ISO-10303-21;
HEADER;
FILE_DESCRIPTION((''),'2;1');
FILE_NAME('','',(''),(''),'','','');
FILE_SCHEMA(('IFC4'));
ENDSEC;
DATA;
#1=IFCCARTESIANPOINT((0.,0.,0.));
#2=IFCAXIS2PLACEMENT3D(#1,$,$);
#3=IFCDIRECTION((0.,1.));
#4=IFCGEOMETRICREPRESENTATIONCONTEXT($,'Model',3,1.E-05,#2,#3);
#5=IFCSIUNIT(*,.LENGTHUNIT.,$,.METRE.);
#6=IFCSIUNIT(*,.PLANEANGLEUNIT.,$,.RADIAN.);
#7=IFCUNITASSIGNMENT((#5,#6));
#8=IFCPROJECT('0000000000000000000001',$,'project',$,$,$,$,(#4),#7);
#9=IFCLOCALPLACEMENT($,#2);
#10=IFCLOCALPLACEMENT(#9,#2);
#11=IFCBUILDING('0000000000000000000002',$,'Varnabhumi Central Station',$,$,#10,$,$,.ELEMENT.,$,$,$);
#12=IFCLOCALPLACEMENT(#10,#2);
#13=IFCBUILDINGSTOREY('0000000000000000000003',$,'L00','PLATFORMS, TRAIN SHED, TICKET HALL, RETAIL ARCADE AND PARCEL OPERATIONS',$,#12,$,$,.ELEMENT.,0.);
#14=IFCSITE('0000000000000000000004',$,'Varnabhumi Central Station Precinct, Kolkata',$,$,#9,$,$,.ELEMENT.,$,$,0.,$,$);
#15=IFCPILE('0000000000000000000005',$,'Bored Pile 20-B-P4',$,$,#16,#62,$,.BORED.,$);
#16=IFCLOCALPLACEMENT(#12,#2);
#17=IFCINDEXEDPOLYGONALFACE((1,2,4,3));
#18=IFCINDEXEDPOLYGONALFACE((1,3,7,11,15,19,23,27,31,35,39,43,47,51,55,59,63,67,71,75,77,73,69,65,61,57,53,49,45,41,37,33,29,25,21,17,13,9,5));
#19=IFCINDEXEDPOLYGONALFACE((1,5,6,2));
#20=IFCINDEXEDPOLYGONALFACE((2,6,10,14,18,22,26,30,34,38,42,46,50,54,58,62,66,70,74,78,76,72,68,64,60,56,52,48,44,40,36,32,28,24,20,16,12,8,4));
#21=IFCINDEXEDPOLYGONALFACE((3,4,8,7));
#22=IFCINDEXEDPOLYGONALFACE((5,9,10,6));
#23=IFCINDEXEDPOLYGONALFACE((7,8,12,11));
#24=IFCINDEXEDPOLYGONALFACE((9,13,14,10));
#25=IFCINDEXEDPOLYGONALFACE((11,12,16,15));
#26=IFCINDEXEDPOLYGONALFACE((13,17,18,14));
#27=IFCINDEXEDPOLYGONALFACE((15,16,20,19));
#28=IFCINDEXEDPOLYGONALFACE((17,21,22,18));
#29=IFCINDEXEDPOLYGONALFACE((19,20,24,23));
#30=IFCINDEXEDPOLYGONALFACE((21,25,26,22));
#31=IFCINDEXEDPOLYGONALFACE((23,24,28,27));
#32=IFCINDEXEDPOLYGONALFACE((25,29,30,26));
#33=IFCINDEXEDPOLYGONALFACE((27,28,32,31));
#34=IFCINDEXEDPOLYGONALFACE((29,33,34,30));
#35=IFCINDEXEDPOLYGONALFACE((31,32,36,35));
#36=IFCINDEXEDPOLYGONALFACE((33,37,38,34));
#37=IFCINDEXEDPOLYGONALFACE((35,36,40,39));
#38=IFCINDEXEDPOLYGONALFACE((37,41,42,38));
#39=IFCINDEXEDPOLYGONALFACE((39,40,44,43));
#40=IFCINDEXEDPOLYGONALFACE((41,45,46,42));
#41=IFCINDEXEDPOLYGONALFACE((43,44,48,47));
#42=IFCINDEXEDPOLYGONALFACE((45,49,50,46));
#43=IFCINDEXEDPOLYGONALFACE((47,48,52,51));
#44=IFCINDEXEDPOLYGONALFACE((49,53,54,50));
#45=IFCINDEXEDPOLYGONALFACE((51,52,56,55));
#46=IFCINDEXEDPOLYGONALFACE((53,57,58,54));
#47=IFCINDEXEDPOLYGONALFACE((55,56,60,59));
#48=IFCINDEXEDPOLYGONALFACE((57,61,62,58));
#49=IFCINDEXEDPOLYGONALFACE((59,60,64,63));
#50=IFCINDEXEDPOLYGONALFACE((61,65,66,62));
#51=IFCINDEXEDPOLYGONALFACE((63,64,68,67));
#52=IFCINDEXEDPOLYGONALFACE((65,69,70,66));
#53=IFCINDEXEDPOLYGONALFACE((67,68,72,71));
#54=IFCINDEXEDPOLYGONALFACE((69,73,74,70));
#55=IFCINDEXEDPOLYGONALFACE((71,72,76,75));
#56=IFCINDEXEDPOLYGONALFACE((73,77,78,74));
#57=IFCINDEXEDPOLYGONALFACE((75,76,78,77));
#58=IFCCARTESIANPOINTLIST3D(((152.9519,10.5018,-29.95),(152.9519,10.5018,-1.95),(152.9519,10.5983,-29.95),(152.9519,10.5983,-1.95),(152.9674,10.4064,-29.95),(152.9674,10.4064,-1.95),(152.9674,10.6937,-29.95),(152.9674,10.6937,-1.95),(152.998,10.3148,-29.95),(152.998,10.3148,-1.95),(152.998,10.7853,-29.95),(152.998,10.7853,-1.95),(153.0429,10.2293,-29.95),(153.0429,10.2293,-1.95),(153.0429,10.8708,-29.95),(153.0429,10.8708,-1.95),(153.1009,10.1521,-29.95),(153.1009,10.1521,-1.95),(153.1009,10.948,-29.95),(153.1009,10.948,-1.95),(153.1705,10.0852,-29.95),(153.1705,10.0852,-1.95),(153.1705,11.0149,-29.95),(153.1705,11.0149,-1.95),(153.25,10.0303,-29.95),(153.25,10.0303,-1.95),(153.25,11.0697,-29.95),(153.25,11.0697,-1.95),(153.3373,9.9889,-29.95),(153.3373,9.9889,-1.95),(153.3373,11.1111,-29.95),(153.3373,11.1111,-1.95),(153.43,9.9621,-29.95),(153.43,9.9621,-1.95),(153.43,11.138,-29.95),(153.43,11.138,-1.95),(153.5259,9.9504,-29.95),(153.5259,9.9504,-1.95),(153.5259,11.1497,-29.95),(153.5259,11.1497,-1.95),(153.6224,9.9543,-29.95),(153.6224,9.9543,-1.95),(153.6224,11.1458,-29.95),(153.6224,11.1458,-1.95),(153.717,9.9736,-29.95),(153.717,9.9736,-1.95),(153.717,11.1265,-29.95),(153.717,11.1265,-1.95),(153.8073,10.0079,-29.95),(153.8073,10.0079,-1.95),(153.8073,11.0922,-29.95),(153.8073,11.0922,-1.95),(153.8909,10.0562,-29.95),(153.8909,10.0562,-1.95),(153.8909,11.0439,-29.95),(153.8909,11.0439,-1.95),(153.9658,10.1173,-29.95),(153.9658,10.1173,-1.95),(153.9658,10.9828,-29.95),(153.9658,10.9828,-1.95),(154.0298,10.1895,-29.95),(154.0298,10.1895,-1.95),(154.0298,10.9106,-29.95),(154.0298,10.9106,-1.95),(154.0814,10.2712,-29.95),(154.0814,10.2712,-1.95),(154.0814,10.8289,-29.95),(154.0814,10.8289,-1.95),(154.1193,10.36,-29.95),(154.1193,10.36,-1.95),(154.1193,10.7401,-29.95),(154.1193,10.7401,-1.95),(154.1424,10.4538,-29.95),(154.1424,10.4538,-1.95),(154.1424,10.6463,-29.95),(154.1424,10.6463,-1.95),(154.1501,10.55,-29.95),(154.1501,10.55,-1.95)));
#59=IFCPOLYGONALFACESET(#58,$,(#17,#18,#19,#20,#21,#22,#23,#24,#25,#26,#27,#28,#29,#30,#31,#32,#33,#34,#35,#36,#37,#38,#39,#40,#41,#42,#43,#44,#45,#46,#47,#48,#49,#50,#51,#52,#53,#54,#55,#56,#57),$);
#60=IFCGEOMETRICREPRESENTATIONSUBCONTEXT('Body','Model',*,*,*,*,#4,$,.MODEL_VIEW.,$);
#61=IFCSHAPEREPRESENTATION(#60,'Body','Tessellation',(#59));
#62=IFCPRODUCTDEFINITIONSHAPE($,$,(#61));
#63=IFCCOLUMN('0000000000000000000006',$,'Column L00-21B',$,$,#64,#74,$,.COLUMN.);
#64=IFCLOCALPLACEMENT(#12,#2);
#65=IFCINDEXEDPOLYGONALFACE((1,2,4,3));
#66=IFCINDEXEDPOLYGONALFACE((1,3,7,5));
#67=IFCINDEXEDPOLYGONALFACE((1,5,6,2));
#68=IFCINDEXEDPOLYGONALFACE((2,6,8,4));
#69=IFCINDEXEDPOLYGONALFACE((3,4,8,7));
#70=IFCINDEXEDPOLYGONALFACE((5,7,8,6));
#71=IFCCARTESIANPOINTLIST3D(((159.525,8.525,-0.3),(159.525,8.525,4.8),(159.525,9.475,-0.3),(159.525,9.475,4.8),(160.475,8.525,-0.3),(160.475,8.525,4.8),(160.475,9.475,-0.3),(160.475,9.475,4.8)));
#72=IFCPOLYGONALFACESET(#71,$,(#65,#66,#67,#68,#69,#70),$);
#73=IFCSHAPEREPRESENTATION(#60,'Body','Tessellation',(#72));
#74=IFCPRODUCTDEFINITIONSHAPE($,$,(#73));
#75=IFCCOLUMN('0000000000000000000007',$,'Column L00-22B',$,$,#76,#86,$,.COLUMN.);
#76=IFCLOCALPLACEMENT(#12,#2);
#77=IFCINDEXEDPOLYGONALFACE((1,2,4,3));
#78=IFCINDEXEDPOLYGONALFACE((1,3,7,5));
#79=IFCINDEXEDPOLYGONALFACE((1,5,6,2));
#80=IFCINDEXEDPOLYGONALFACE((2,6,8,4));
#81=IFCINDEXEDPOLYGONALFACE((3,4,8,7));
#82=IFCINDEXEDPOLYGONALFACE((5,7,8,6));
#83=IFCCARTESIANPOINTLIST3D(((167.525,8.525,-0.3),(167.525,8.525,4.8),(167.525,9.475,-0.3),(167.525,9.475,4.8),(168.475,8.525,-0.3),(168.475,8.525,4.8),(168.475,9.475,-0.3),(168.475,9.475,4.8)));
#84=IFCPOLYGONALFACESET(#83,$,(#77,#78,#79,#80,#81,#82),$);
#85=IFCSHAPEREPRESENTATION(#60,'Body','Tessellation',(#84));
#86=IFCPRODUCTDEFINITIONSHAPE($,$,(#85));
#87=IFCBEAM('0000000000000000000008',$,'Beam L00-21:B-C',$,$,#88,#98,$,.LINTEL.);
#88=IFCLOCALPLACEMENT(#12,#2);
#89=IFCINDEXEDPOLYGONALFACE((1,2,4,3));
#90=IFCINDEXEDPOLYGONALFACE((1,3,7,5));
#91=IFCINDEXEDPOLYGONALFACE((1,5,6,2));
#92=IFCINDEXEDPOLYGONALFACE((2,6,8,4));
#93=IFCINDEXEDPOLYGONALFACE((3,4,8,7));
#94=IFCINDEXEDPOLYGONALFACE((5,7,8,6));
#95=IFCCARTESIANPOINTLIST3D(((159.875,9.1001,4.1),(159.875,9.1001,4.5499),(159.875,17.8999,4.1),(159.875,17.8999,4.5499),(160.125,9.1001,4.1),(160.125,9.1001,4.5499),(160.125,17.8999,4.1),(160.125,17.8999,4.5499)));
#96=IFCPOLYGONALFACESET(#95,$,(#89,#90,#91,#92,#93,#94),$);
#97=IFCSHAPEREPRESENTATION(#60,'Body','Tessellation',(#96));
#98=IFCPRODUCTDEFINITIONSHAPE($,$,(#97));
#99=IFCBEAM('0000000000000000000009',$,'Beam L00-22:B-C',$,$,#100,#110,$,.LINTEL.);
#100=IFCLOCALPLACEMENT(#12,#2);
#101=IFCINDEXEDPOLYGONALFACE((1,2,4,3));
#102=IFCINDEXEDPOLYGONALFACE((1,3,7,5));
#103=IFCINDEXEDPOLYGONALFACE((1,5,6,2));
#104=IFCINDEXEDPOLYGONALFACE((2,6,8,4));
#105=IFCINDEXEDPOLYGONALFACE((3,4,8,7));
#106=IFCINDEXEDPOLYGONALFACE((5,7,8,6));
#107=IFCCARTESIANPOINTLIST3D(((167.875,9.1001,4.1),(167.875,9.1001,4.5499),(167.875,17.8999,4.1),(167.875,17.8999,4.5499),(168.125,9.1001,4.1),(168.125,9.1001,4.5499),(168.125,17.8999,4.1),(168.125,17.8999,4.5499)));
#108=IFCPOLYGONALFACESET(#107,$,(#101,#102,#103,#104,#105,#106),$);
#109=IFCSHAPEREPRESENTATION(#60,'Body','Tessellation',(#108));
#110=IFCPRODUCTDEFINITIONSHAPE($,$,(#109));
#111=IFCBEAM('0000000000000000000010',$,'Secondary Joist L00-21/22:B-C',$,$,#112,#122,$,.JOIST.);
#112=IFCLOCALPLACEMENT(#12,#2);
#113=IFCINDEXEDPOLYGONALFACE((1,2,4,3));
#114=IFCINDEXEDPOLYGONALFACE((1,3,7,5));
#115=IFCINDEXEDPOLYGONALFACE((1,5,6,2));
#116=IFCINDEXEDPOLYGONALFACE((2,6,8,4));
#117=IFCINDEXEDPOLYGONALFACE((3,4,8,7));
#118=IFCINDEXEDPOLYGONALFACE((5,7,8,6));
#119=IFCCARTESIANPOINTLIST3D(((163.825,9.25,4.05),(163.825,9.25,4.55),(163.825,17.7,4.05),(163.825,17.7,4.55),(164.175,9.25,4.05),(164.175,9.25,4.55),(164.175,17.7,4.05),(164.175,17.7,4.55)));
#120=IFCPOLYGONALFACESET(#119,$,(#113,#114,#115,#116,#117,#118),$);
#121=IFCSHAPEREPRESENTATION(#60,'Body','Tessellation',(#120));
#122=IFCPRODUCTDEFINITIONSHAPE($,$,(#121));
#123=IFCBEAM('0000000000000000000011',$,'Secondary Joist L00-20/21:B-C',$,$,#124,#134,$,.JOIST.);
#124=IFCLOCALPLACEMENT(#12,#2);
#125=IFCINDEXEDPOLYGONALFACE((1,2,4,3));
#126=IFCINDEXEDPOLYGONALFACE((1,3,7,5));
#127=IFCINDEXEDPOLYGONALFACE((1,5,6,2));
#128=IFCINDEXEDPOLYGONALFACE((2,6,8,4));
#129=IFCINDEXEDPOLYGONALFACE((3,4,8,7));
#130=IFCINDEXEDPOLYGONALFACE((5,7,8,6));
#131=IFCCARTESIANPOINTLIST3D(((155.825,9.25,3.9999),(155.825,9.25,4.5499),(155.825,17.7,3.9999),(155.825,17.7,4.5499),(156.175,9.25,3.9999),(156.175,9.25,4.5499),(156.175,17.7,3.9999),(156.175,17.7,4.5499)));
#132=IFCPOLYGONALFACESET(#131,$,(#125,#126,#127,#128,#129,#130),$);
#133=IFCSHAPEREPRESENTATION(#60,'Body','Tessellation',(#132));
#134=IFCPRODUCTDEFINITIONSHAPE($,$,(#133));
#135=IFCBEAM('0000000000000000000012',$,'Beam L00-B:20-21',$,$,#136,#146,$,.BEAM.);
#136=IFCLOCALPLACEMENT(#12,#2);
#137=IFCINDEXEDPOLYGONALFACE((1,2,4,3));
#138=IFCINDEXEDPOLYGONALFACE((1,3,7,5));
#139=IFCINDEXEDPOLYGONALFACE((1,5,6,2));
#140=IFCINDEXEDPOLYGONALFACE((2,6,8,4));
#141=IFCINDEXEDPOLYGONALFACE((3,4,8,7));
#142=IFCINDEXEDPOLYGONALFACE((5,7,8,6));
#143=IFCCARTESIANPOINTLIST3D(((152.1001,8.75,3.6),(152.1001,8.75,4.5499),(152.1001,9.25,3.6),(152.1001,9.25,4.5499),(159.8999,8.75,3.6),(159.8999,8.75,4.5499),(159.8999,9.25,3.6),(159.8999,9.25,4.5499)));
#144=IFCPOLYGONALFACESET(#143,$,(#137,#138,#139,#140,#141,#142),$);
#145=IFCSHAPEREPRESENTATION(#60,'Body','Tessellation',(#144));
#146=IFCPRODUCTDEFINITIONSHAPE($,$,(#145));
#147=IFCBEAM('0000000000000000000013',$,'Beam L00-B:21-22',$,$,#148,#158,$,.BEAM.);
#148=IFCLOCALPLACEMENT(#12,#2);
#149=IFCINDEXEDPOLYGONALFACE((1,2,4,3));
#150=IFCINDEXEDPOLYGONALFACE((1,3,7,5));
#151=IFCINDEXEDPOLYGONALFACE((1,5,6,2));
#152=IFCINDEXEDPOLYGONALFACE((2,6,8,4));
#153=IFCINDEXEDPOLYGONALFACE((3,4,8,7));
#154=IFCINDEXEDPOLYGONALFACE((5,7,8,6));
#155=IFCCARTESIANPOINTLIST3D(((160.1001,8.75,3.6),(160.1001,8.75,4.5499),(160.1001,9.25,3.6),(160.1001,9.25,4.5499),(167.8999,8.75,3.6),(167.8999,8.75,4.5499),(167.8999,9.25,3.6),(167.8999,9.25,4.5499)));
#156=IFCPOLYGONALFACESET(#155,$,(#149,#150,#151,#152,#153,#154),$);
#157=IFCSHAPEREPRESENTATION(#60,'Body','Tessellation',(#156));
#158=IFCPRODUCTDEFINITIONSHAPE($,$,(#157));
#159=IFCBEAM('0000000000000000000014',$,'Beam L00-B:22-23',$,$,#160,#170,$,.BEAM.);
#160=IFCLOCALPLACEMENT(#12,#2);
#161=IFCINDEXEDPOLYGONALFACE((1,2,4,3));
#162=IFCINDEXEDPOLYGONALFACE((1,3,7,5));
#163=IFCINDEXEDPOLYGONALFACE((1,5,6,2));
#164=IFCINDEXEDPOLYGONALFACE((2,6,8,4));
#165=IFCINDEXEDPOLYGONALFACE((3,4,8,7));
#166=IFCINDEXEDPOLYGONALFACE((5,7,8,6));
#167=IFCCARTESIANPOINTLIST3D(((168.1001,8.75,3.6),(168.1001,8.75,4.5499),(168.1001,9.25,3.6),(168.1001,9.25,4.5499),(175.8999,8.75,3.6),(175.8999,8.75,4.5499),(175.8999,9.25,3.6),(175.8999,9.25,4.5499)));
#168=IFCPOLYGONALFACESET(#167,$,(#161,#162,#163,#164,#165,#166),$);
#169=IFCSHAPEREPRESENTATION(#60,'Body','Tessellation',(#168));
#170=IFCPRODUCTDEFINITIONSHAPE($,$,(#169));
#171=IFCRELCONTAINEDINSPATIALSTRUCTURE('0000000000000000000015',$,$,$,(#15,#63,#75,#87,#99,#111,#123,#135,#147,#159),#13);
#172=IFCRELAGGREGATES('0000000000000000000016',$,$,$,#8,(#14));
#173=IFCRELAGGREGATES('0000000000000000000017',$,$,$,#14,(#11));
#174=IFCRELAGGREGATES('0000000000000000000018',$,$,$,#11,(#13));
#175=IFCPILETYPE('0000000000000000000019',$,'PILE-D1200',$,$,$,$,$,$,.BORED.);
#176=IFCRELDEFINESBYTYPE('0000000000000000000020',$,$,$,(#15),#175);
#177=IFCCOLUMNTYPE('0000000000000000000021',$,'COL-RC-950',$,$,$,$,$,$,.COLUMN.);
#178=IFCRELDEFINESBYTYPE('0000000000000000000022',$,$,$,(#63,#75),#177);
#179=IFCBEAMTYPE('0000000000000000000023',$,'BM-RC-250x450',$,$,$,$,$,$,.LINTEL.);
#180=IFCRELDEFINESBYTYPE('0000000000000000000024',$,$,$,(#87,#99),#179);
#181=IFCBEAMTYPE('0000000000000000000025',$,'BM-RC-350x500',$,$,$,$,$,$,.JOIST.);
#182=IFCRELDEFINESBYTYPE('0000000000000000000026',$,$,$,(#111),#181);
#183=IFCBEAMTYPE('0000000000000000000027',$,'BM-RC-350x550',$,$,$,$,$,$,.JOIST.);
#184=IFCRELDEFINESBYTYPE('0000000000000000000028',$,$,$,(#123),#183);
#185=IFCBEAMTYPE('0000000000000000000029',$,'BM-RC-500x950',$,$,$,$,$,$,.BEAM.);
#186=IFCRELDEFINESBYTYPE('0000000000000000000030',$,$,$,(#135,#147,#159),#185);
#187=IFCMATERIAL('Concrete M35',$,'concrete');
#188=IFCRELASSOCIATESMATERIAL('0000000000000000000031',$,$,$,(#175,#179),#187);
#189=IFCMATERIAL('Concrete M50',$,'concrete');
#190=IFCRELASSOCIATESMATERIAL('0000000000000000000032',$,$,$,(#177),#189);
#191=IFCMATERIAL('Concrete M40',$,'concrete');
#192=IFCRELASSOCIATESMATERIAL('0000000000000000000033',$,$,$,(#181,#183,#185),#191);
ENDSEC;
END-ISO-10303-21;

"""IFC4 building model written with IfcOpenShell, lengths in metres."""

from ifc_helpers import new_model, si_unit, direction, frame, origin, origin_2d, place, context, subcontext, project, spatial, rectangle, circle, extrude, material, material_profile, profile_set, type_object, element, save


model = new_model("IFC4")

# Units and contexts
model_context = context("Model", 3, precision=1e-05, world=origin(), true_north=direction((0.0, 1.0)))
body_context = subcontext(model_context, "Body", "Model", "MODEL_VIEW")
ifc_project = project(units=[si_unit("LENGTHUNIT", "METRE"), si_unit("PLANEANGLEUNIT", "RADIAN")], contexts=[model_context])

# Site, building, storey
site_placement = place(None, origin())
site = spatial("IfcSite", under=ifc_project, at=site_placement, Name="Varnabhumi Central Station Precinct, Kolkata", CompositionType="ELEMENT", RefElevation=0.0)
building_placement = place(site_placement, origin())
building = spatial("IfcBuilding", under=site, at=building_placement, Name="Varnabhumi Central Station", CompositionType="ELEMENT")
storey_placement = place(building_placement, origin())
storey = spatial("IfcBuildingStorey", under=building, at=storey_placement, Name="L00", Description="PLATFORMS, TRAIN SHED, TICKET HALL, RETAIL ARCADE AND PARCEL OPERATIONS", CompositionType="ELEMENT", Elevation=0.0)

# Shared definitions
ifc_material_1 = material(Name="Concrete M40", Category="concrete")

# Pile
ifc_material_2 = material(Name="Concrete M35", Category="concrete")
ifc_material_profile_1 = material_profile(ifc_material_2, circle(Radius=0.6001, at=origin_2d()), Name="Concrete M35", Category="concrete")
ifc_profile_set_1 = profile_set([ifc_material_profile_1], Name="Concrete M35")
pile_type_1 = type_object("IfcPileType", Name="PILE-D1200", PredefinedType="BORED", material=ifc_profile_set_1)
for number, where, z_axis, x_axis, name in (
    (1, (153.55, 10.55, -1.95), (0.0, 0.0, -1.0), (1.0, 0.0, 0.0), "Bored Pile 20-B-P4"),
):
    element("IfcPile", number, at=place(storey_placement, frame(where, z_axis=z_axis, x_axis=x_axis)), inside=storey, type_object=pile_type_1, Name=name, PredefinedType="BORED", context=body_context, shape_type="SweptSolid", body=[
        extrude(circle(Radius=0.6001, at=origin_2d()), origin(), (0.0, 0.0, 1.0), 28.0),
    ])

# Columns
ifc_material_3 = material(Name="Concrete M50", Category="concrete")
ifc_material_profile_2 = material_profile(ifc_material_3, rectangle(XDim=0.95, YDim=0.95, at=origin_2d()), Name="Concrete M50", Category="concrete")
ifc_profile_set_2 = profile_set([ifc_material_profile_2], Name="Concrete M50")
column_type = type_object("IfcColumnType", Name="COL-RC-950", PredefinedType="COLUMN", material=ifc_profile_set_2)
for number, where, z_axis, x_axis, name in (
    (2, (160.0, 9.0, -0.3), (0.0, 0.0, 1.0), (1.0, 0.0, 0.0), "Column L00-21B"),
    (3, (168.0, 9.0, -0.3), (0.0, 0.0, 1.0), (1.0, 0.0, 0.0), "Column L00-22B"),
):
    element("IfcColumn", number, at=place(storey_placement, frame(where, z_axis=z_axis, x_axis=x_axis)), inside=storey, type_object=column_type, Name=name, PredefinedType="COLUMN", context=body_context, shape_type="SweptSolid", body=[
        extrude(rectangle(XDim=0.95, YDim=0.95, at=origin_2d()), origin(), (0.0, 0.0, 1.0), 5.1001),
    ])

# Beams
ifc_material_profile_3 = material_profile(ifc_material_2, rectangle(XDim=0.25, YDim=0.45, at=origin_2d()), Name="Concrete M35", Category="concrete")
ifc_profile_set_3 = profile_set([ifc_material_profile_3], Name="Concrete M35")
beam_type_1 = type_object("IfcBeamType", Name="BM-RC-250x450", PredefinedType="LINTEL", material=ifc_profile_set_3)
for number, where, z_axis, x_axis, name in (
    (4, (160.0, 9.1001, 4.325), (0.0, 1.0, 0.0), (-1.0, 0.0, 0.0), "Beam L00-21:B-C"),
    (5, (168.0, 9.1001, 4.325), (0.0, 1.0, 0.0), (-1.0, 0.0, 0.0), "Beam L00-22:B-C"),
):
    element("IfcBeam", number, at=place(storey_placement, frame(where, z_axis=z_axis, x_axis=x_axis)), inside=storey, type_object=beam_type_1, Name=name, PredefinedType="LINTEL", context=body_context, shape_type="SweptSolid", body=[
        extrude(rectangle(XDim=0.25, YDim=0.45, at=origin_2d()), origin(), (0.0, 0.0, 1.0), 8.7998),
    ])
ifc_material_profile_4 = material_profile(ifc_material_1, rectangle(XDim=0.3501, YDim=0.5, at=origin_2d()), Name="Concrete M40", Category="concrete")
ifc_profile_set_4 = profile_set([ifc_material_profile_4], Name="Concrete M40")
beam_type_2 = type_object("IfcBeamType", Name="BM-RC-350x500", PredefinedType="JOIST", material=ifc_profile_set_4)
beam_1_placement = place(storey_placement, frame((164.0, 9.25, 4.3), z_axis=(0.0, 1.0, 0.0), x_axis=(-1.0, 0.0, 0.0)))
element("IfcBeam", 6, at=beam_1_placement, inside=storey, type_object=beam_type_2, Name="Secondary Joist L00-21/22:B-C", PredefinedType="JOIST", context=body_context, shape_type="SweptSolid", body=[
    extrude(rectangle(XDim=0.3501, YDim=0.5, at=origin_2d()), origin(), (0.0, 0.0, 1.0), 8.45),
])
ifc_material_profile_5 = material_profile(ifc_material_1, rectangle(XDim=0.3501, YDim=0.55, at=origin_2d()), Name="Concrete M40", Category="concrete")
ifc_profile_set_5 = profile_set([ifc_material_profile_5], Name="Concrete M40")
beam_type_3 = type_object("IfcBeamType", Name="BM-RC-350x550", PredefinedType="JOIST", material=ifc_profile_set_5)
beam_2_placement = place(storey_placement, frame((156.0, 9.25, 4.2749), z_axis=(0.0, 1.0, 0.0), x_axis=(-1.0, 0.0, 0.0)))
element("IfcBeam", 7, at=beam_2_placement, inside=storey, type_object=beam_type_3, Name="Secondary Joist L00-20/21:B-C", PredefinedType="JOIST", context=body_context, shape_type="SweptSolid", body=[
    extrude(rectangle(XDim=0.3501, YDim=0.55, at=origin_2d()), origin(), (0.0, 0.0, 1.0), 8.45),
])
ifc_material_profile_6 = material_profile(ifc_material_1, rectangle(XDim=0.5, YDim=0.95, at=origin_2d()), Name="Concrete M40", Category="concrete")
ifc_profile_set_6 = profile_set([ifc_material_profile_6], Name="Concrete M40")
beam_type_4 = type_object("IfcBeamType", Name="BM-RC-500x950", PredefinedType="BEAM", material=ifc_profile_set_6)
for number, where, z_axis, x_axis, name in (
    (8, (152.1001, 9.0, 4.075), (1.0, 0.0, 0.0), (0.0, 1.0, 0.0), "Beam L00-B:20-21"),
    (9, (160.1001, 9.0, 4.075), (1.0, 0.0, 0.0), (0.0, 1.0, 0.0), "Beam L00-B:21-22"),
    (10, (168.1001, 9.0, 4.075), (1.0, 0.0, 0.0), (0.0, 1.0, 0.0), "Beam L00-B:22-23"),
):
    element("IfcBeam", number, at=place(storey_placement, frame(where, z_axis=z_axis, x_axis=x_axis)), inside=storey, type_object=beam_type_4, Name=name, PredefinedType="BEAM", context=body_context, shape_type="SweptSolid", body=[
        extrude(rectangle(XDim=0.5, YDim=0.95, at=origin_2d()), origin(), (0.0, 0.0, 1.0), 7.7998),
    ])

save(model, "model.ifc")
